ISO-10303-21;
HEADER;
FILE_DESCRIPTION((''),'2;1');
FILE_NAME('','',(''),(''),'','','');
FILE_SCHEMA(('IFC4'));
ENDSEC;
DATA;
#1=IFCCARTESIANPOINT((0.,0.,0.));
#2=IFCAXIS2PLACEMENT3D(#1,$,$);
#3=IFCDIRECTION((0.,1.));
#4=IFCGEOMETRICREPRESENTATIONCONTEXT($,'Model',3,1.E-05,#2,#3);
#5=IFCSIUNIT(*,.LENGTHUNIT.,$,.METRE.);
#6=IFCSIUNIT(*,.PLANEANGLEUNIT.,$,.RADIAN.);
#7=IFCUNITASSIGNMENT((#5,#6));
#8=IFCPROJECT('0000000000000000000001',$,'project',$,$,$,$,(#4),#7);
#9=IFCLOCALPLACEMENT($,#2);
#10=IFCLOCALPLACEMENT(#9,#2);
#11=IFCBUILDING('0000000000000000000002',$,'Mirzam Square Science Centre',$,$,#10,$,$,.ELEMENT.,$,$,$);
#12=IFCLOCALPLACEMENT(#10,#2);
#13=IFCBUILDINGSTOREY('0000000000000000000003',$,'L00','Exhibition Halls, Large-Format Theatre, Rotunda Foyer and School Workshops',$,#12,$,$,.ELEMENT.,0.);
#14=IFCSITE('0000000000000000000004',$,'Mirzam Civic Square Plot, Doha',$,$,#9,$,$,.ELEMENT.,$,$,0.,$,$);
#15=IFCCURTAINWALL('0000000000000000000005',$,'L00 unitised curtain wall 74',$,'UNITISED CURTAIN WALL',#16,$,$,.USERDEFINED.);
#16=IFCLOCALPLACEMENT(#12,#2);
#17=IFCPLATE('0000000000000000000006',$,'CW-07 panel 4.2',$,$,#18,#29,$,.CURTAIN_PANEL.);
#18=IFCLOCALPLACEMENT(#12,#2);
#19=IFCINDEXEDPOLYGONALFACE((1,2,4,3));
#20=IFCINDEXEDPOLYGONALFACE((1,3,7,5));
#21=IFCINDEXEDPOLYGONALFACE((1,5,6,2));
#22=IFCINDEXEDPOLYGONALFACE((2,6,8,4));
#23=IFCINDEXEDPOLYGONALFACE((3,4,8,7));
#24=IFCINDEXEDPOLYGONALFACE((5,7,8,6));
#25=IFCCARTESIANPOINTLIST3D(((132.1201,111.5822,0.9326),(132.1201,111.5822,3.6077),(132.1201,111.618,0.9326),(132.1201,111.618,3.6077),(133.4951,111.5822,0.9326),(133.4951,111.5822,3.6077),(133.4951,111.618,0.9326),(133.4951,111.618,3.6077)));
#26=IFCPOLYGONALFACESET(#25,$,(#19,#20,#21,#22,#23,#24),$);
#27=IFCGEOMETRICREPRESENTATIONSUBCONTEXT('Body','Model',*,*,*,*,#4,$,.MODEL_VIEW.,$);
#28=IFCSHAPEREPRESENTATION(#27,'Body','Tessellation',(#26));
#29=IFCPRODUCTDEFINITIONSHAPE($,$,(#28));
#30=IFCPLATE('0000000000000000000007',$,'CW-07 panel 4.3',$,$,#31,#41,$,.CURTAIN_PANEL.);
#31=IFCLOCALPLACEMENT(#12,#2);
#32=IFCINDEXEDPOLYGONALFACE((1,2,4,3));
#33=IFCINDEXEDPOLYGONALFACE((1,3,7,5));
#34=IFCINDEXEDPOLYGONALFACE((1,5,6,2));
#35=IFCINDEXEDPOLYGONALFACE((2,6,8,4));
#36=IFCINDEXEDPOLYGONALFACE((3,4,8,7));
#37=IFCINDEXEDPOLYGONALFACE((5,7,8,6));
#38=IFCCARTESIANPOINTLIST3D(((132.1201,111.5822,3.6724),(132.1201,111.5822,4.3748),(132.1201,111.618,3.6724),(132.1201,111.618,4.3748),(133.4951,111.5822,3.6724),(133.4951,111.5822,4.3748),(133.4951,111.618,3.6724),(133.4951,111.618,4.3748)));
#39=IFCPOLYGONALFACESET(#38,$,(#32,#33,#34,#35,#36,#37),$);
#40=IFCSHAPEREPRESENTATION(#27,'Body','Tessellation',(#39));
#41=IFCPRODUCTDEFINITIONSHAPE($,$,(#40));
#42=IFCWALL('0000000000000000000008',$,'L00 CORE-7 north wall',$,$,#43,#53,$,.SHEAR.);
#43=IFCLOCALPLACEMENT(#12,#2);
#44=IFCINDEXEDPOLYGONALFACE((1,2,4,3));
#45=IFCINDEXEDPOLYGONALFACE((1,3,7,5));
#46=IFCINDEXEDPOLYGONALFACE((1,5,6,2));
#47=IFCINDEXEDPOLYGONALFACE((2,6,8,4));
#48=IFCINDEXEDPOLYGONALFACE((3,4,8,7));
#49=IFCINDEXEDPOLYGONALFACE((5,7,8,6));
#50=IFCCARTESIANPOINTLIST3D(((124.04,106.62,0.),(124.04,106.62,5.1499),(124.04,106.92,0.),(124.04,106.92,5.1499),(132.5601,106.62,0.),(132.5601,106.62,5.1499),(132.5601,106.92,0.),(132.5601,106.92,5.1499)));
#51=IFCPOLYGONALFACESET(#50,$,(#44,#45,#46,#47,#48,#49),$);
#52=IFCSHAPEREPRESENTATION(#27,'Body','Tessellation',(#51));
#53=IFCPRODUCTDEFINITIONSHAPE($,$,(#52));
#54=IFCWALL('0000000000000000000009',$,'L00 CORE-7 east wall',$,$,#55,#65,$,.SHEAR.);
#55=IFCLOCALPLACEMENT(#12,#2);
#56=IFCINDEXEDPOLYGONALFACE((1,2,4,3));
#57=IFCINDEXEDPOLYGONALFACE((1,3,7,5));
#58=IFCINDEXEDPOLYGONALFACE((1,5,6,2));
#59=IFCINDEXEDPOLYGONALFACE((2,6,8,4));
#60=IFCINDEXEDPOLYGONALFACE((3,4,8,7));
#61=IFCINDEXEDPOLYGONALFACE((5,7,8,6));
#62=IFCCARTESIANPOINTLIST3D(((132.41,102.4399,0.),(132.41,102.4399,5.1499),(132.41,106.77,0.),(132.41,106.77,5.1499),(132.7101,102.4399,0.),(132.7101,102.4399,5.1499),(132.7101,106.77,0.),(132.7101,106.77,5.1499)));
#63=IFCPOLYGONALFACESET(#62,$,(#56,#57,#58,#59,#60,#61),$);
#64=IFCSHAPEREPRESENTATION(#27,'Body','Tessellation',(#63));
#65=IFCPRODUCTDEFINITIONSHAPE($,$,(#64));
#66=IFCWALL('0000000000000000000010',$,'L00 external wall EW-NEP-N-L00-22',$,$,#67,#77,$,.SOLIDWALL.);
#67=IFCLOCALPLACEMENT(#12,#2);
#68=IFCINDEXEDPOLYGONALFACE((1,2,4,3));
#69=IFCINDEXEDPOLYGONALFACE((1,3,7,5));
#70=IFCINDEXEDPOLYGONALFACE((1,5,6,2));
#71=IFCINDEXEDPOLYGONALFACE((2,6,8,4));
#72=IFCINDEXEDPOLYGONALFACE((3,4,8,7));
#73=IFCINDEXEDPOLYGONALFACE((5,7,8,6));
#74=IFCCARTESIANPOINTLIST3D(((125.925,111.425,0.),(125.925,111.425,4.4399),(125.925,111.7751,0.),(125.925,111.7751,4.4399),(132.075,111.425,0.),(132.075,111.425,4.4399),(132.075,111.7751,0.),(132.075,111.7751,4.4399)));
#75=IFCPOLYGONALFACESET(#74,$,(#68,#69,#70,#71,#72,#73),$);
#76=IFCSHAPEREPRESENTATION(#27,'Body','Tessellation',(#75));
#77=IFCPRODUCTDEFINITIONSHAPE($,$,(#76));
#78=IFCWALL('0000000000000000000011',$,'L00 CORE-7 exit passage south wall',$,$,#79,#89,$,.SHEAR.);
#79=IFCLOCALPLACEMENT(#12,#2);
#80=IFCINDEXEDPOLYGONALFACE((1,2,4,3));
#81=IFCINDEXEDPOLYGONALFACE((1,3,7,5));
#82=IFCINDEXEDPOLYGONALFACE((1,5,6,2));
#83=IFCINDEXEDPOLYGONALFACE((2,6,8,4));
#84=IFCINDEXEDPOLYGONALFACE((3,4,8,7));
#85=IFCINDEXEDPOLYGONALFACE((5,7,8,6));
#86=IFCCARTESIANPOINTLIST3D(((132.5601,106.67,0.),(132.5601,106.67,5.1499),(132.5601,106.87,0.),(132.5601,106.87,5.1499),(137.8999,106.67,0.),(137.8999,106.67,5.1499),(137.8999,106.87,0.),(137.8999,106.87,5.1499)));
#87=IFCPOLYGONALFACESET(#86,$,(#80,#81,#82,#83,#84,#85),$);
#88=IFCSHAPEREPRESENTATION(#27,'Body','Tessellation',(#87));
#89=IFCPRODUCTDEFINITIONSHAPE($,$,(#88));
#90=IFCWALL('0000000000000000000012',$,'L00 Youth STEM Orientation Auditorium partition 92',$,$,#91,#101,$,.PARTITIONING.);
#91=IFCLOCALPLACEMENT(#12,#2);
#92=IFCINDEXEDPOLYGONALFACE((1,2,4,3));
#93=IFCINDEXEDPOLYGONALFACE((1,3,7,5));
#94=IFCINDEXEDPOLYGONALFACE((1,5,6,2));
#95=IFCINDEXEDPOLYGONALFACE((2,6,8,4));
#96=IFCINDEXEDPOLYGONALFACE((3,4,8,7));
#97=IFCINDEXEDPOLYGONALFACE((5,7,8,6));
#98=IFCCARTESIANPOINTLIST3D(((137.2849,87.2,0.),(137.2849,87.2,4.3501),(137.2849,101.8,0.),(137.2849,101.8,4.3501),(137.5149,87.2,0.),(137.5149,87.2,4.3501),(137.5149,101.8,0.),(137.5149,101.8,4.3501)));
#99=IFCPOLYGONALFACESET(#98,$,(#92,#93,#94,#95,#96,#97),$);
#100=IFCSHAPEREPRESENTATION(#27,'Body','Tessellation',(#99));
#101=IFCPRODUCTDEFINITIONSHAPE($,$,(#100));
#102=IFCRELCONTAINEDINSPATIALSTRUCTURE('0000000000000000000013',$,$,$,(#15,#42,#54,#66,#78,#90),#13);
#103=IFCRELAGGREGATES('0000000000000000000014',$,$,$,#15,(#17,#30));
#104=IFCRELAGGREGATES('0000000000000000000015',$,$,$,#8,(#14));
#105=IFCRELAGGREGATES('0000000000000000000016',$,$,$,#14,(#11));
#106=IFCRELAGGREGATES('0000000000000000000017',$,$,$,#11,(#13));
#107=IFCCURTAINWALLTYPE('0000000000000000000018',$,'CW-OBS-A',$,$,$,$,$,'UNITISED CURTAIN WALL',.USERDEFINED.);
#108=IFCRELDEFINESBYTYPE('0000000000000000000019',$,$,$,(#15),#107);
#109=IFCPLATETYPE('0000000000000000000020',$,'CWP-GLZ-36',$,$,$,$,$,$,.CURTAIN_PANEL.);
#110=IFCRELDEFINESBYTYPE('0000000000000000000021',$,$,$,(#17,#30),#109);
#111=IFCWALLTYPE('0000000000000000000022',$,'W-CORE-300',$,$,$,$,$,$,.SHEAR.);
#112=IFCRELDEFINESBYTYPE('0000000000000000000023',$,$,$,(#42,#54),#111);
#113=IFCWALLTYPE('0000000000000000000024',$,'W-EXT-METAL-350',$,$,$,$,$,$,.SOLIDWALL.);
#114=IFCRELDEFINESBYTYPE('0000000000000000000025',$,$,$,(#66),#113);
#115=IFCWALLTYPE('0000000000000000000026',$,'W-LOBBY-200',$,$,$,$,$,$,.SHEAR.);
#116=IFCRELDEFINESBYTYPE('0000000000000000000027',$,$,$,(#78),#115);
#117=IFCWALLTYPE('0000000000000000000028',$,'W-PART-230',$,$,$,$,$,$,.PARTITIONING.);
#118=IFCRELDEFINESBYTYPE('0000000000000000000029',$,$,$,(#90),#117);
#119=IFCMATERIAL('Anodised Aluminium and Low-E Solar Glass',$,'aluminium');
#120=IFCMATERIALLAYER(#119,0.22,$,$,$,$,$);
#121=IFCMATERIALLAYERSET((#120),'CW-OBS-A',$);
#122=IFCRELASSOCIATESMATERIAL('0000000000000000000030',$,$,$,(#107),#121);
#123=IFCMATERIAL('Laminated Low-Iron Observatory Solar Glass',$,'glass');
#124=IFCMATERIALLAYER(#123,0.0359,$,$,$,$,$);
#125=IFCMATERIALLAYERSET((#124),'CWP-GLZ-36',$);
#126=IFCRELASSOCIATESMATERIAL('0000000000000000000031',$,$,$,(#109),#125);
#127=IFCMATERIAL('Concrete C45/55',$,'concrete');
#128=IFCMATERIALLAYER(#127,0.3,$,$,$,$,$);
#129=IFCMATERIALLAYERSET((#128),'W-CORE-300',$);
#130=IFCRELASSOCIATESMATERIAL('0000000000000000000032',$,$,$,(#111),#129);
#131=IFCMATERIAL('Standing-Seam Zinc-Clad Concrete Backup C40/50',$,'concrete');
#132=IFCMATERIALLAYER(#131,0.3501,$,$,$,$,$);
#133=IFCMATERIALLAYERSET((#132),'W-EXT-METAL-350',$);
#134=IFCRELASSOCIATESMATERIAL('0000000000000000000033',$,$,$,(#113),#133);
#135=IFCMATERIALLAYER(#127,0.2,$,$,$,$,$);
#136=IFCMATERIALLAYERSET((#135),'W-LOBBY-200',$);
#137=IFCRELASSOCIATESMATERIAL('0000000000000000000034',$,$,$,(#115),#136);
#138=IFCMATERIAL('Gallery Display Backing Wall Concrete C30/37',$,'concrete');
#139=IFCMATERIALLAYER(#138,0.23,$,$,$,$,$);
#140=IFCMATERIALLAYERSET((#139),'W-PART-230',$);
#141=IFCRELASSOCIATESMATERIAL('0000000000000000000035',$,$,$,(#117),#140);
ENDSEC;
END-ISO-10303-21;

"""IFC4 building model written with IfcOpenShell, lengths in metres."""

from ifc_helpers import new_model, si_unit, direction, frame, frame_2d, origin, origin_2d, place, context, subcontext, project, spatial, rectangle, extrude, material, layer, layer_set, type_object, element, aggregate, save


model = new_model("IFC4")

# Units and contexts
model_context = context("Model", 3, precision=1e-05, world=origin(), true_north=direction((0.0, 1.0)))
body_context = subcontext(model_context, "Body", "Model", "MODEL_VIEW")
ifc_project = project(units=[si_unit("LENGTHUNIT", "METRE"), si_unit("PLANEANGLEUNIT", "RADIAN")], contexts=[model_context])

# Site, building, storey
site_placement = place(None, origin())
site = spatial("IfcSite", under=ifc_project, at=site_placement, Name="Mirzam Civic Square Plot, Doha", CompositionType="ELEMENT", RefElevation=0.0)
building_placement = place(site_placement, origin())
building = spatial("IfcBuilding", under=site, at=building_placement, Name="Mirzam Square Science Centre", CompositionType="ELEMENT")
storey_placement = place(building_placement, origin())
storey = spatial("IfcBuildingStorey", under=building, at=storey_placement, Name="L00", Description="Exhibition Halls, Large-Format Theatre, Rotunda Foyer and School Workshops", CompositionType="ELEMENT", Elevation=0.0)

# Curtain wall
ifc_material_1 = material(Name="Anodised Aluminium and Low-E Solar Glass", Category="aluminium")
ifc_layer_1 = layer(ifc_material_1, 0.22)
ifc_layer_set_1 = layer_set([ifc_layer_1], Name="CW-OBS-A")
curtain_wall_type = type_object("IfcCurtainWallType", Name="CW-OBS-A", ElementType="UNITISED CURTAIN WALL", PredefinedType="USERDEFINED", material=ifc_layer_set_1)
curtain_wall_placement = place(storey_placement, origin())
curtain_wall = element("IfcCurtainWall", 1, at=curtain_wall_placement, inside=storey, type_object=curtain_wall_type, Name="L00 unitised curtain wall 74", ObjectType="UNITISED CURTAIN WALL", PredefinedType="USERDEFINED")

# Plates
ifc_material_2 = material(Name="Laminated Low-Iron Observatory Solar Glass", Category="glass")
ifc_layer_2 = layer(ifc_material_2, 0.0359)
ifc_layer_set_2 = layer_set([ifc_layer_2], Name="CWP-GLZ-36")
plate_type = type_object("IfcPlateType", Name="CWP-GLZ-36", PredefinedType="CURTAIN_PANEL", material=ifc_layer_set_2)
plate_1_placement = place(storey_placement, frame((132.8076, 111.6001, 0.9326), z_axis=(0.0, 0.0, 1.0), x_axis=(-1.0, 0.0, 0.0)))
plate_1 = element("IfcPlate", 2, at=plate_1_placement, type_object=plate_type, Name="CW-07 panel 4.2", PredefinedType="CURTAIN_PANEL", context=body_context, shape_type="SweptSolid", body=[
    extrude(rectangle(XDim=1.375, YDim=0.0359, at=origin_2d()), origin(), (0.0, 0.0, 1.0), 2.675),
])
plate_2_placement = place(storey_placement, frame((132.8076, 111.6001, 3.6724), z_axis=(0.0, 0.0, 1.0), x_axis=(-1.0, 0.0, 0.0)))
plate_2 = element("IfcPlate", 3, at=plate_2_placement, type_object=plate_type, Name="CW-07 panel 4.3", PredefinedType="CURTAIN_PANEL", context=body_context, shape_type="SweptSolid", body=[
    extrude(rectangle(XDim=1.375, YDim=0.0359, at=origin_2d()), origin(), (0.0, 0.0, 1.0), 0.7024),
])
aggregate(curtain_wall, [plate_1, plate_2])

# Walls
ifc_material_3 = material(Name="Concrete C45/55", Category="concrete")
ifc_layer_3 = layer(ifc_material_3, 0.3)
ifc_layer_set_3 = layer_set([ifc_layer_3], Name="W-CORE-300")
wall_type_1 = type_object("IfcWallType", Name="W-CORE-300", PredefinedType="SHEAR", material=ifc_layer_set_3)
wall_1_placement = place(storey_placement, frame((132.5601, 106.77, 0.0), z_axis=(0.0, 0.0, 1.0), x_axis=(-1.0, 0.0, 0.0)))
element("IfcWall", 4, at=wall_1_placement, inside=storey, type_object=wall_type_1, Name="L00 CORE-7 north wall", PredefinedType="SHEAR", context=body_context, shape_type="SweptSolid", body=[
    extrude(rectangle(XDim=8.52, YDim=0.3, at=frame_2d((4.26, 0.0))), origin(), (0.0, 0.0, 1.0), 5.1499),
])
wall_2_placement = place(storey_placement, frame((132.5601, 102.4399, 0.0), z_axis=(0.0, 0.0, 1.0), x_axis=(0.0, 1.0, 0.0)))
element("IfcWall", 5, at=wall_2_placement, inside=storey, type_object=wall_type_1, Name="L00 CORE-7 east wall", PredefinedType="SHEAR", context=body_context, shape_type="SweptSolid", body=[
    extrude(rectangle(XDim=4.3301, YDim=0.3, at=frame_2d((2.165, 0.0))), origin(), (0.0, 0.0, 1.0), 5.1499),
])
ifc_material_4 = material(Name="Standing-Seam Zinc-Clad Concrete Backup C40/50", Category="concrete")
ifc_layer_4 = layer(ifc_material_4, 0.3501)
ifc_layer_set_4 = layer_set([ifc_layer_4], Name="W-EXT-METAL-350")
wall_type_2 = type_object("IfcWallType", Name="W-EXT-METAL-350", PredefinedType="SOLIDWALL", material=ifc_layer_set_4)
wall_3_placement = place(storey_placement, frame((132.075, 111.6001, 0.0), z_axis=(0.0, 0.0, 1.0), x_axis=(-1.0, 0.0, 0.0)))
element("IfcWall", 6, at=wall_3_placement, inside=storey, type_object=wall_type_2, Name="L00 external wall EW-NEP-N-L00-22", PredefinedType="SOLIDWALL", context=body_context, shape_type="SweptSolid", body=[
    extrude(rectangle(XDim=6.1499, YDim=0.3501, at=frame_2d((3.075, 0.0))), origin(), (0.0, 0.0, 1.0), 4.4399),
])
ifc_layer_5 = layer(ifc_material_3, 0.2)
ifc_layer_set_5 = layer_set([ifc_layer_5], Name="W-LOBBY-200")
wall_type_3 = type_object("IfcWallType", Name="W-LOBBY-200", PredefinedType="SHEAR", material=ifc_layer_set_5)
wall_4_placement = place(storey_placement, frame((132.5601, 106.77, 0.0), z_axis=(0.0, 0.0, 1.0), x_axis=(1.0, 0.0, 0.0)))
element("IfcWall", 7, at=wall_4_placement, inside=storey, type_object=wall_type_3, Name="L00 CORE-7 exit passage south wall", PredefinedType="SHEAR", context=body_context, shape_type="SweptSolid", body=[
    extrude(rectangle(XDim=5.3398, YDim=0.2, at=frame_2d((2.6699, 0.0))), origin(), (0.0, 0.0, 1.0), 5.1499),
])
ifc_material_5 = material(Name="Gallery Display Backing Wall Concrete C30/37", Category="concrete")
ifc_layer_6 = layer(ifc_material_5, 0.23)
ifc_layer_set_6 = layer_set([ifc_layer_6], Name="W-PART-230")
wall_type_4 = type_object("IfcWallType", Name="W-PART-230", PredefinedType="PARTITIONING", material=ifc_layer_set_6)
wall_5_placement = place(storey_placement, frame((137.3999, 101.8, 0.0), z_axis=(0.0, 0.0, 1.0), x_axis=(0.0, -1.0, 0.0)))
element("IfcWall", 8, at=wall_5_placement, inside=storey, type_object=wall_type_4, Name="L00 Youth STEM Orientation Auditorium partition 92", PredefinedType="PARTITIONING", context=body_context, shape_type="SweptSolid", body=[
    extrude(rectangle(XDim=14.6001, YDim=0.23, at=frame_2d((7.3, 0.0))), origin(), (0.0, 0.0, 1.0), 4.3501),
])

save(model, "model.ifc")
